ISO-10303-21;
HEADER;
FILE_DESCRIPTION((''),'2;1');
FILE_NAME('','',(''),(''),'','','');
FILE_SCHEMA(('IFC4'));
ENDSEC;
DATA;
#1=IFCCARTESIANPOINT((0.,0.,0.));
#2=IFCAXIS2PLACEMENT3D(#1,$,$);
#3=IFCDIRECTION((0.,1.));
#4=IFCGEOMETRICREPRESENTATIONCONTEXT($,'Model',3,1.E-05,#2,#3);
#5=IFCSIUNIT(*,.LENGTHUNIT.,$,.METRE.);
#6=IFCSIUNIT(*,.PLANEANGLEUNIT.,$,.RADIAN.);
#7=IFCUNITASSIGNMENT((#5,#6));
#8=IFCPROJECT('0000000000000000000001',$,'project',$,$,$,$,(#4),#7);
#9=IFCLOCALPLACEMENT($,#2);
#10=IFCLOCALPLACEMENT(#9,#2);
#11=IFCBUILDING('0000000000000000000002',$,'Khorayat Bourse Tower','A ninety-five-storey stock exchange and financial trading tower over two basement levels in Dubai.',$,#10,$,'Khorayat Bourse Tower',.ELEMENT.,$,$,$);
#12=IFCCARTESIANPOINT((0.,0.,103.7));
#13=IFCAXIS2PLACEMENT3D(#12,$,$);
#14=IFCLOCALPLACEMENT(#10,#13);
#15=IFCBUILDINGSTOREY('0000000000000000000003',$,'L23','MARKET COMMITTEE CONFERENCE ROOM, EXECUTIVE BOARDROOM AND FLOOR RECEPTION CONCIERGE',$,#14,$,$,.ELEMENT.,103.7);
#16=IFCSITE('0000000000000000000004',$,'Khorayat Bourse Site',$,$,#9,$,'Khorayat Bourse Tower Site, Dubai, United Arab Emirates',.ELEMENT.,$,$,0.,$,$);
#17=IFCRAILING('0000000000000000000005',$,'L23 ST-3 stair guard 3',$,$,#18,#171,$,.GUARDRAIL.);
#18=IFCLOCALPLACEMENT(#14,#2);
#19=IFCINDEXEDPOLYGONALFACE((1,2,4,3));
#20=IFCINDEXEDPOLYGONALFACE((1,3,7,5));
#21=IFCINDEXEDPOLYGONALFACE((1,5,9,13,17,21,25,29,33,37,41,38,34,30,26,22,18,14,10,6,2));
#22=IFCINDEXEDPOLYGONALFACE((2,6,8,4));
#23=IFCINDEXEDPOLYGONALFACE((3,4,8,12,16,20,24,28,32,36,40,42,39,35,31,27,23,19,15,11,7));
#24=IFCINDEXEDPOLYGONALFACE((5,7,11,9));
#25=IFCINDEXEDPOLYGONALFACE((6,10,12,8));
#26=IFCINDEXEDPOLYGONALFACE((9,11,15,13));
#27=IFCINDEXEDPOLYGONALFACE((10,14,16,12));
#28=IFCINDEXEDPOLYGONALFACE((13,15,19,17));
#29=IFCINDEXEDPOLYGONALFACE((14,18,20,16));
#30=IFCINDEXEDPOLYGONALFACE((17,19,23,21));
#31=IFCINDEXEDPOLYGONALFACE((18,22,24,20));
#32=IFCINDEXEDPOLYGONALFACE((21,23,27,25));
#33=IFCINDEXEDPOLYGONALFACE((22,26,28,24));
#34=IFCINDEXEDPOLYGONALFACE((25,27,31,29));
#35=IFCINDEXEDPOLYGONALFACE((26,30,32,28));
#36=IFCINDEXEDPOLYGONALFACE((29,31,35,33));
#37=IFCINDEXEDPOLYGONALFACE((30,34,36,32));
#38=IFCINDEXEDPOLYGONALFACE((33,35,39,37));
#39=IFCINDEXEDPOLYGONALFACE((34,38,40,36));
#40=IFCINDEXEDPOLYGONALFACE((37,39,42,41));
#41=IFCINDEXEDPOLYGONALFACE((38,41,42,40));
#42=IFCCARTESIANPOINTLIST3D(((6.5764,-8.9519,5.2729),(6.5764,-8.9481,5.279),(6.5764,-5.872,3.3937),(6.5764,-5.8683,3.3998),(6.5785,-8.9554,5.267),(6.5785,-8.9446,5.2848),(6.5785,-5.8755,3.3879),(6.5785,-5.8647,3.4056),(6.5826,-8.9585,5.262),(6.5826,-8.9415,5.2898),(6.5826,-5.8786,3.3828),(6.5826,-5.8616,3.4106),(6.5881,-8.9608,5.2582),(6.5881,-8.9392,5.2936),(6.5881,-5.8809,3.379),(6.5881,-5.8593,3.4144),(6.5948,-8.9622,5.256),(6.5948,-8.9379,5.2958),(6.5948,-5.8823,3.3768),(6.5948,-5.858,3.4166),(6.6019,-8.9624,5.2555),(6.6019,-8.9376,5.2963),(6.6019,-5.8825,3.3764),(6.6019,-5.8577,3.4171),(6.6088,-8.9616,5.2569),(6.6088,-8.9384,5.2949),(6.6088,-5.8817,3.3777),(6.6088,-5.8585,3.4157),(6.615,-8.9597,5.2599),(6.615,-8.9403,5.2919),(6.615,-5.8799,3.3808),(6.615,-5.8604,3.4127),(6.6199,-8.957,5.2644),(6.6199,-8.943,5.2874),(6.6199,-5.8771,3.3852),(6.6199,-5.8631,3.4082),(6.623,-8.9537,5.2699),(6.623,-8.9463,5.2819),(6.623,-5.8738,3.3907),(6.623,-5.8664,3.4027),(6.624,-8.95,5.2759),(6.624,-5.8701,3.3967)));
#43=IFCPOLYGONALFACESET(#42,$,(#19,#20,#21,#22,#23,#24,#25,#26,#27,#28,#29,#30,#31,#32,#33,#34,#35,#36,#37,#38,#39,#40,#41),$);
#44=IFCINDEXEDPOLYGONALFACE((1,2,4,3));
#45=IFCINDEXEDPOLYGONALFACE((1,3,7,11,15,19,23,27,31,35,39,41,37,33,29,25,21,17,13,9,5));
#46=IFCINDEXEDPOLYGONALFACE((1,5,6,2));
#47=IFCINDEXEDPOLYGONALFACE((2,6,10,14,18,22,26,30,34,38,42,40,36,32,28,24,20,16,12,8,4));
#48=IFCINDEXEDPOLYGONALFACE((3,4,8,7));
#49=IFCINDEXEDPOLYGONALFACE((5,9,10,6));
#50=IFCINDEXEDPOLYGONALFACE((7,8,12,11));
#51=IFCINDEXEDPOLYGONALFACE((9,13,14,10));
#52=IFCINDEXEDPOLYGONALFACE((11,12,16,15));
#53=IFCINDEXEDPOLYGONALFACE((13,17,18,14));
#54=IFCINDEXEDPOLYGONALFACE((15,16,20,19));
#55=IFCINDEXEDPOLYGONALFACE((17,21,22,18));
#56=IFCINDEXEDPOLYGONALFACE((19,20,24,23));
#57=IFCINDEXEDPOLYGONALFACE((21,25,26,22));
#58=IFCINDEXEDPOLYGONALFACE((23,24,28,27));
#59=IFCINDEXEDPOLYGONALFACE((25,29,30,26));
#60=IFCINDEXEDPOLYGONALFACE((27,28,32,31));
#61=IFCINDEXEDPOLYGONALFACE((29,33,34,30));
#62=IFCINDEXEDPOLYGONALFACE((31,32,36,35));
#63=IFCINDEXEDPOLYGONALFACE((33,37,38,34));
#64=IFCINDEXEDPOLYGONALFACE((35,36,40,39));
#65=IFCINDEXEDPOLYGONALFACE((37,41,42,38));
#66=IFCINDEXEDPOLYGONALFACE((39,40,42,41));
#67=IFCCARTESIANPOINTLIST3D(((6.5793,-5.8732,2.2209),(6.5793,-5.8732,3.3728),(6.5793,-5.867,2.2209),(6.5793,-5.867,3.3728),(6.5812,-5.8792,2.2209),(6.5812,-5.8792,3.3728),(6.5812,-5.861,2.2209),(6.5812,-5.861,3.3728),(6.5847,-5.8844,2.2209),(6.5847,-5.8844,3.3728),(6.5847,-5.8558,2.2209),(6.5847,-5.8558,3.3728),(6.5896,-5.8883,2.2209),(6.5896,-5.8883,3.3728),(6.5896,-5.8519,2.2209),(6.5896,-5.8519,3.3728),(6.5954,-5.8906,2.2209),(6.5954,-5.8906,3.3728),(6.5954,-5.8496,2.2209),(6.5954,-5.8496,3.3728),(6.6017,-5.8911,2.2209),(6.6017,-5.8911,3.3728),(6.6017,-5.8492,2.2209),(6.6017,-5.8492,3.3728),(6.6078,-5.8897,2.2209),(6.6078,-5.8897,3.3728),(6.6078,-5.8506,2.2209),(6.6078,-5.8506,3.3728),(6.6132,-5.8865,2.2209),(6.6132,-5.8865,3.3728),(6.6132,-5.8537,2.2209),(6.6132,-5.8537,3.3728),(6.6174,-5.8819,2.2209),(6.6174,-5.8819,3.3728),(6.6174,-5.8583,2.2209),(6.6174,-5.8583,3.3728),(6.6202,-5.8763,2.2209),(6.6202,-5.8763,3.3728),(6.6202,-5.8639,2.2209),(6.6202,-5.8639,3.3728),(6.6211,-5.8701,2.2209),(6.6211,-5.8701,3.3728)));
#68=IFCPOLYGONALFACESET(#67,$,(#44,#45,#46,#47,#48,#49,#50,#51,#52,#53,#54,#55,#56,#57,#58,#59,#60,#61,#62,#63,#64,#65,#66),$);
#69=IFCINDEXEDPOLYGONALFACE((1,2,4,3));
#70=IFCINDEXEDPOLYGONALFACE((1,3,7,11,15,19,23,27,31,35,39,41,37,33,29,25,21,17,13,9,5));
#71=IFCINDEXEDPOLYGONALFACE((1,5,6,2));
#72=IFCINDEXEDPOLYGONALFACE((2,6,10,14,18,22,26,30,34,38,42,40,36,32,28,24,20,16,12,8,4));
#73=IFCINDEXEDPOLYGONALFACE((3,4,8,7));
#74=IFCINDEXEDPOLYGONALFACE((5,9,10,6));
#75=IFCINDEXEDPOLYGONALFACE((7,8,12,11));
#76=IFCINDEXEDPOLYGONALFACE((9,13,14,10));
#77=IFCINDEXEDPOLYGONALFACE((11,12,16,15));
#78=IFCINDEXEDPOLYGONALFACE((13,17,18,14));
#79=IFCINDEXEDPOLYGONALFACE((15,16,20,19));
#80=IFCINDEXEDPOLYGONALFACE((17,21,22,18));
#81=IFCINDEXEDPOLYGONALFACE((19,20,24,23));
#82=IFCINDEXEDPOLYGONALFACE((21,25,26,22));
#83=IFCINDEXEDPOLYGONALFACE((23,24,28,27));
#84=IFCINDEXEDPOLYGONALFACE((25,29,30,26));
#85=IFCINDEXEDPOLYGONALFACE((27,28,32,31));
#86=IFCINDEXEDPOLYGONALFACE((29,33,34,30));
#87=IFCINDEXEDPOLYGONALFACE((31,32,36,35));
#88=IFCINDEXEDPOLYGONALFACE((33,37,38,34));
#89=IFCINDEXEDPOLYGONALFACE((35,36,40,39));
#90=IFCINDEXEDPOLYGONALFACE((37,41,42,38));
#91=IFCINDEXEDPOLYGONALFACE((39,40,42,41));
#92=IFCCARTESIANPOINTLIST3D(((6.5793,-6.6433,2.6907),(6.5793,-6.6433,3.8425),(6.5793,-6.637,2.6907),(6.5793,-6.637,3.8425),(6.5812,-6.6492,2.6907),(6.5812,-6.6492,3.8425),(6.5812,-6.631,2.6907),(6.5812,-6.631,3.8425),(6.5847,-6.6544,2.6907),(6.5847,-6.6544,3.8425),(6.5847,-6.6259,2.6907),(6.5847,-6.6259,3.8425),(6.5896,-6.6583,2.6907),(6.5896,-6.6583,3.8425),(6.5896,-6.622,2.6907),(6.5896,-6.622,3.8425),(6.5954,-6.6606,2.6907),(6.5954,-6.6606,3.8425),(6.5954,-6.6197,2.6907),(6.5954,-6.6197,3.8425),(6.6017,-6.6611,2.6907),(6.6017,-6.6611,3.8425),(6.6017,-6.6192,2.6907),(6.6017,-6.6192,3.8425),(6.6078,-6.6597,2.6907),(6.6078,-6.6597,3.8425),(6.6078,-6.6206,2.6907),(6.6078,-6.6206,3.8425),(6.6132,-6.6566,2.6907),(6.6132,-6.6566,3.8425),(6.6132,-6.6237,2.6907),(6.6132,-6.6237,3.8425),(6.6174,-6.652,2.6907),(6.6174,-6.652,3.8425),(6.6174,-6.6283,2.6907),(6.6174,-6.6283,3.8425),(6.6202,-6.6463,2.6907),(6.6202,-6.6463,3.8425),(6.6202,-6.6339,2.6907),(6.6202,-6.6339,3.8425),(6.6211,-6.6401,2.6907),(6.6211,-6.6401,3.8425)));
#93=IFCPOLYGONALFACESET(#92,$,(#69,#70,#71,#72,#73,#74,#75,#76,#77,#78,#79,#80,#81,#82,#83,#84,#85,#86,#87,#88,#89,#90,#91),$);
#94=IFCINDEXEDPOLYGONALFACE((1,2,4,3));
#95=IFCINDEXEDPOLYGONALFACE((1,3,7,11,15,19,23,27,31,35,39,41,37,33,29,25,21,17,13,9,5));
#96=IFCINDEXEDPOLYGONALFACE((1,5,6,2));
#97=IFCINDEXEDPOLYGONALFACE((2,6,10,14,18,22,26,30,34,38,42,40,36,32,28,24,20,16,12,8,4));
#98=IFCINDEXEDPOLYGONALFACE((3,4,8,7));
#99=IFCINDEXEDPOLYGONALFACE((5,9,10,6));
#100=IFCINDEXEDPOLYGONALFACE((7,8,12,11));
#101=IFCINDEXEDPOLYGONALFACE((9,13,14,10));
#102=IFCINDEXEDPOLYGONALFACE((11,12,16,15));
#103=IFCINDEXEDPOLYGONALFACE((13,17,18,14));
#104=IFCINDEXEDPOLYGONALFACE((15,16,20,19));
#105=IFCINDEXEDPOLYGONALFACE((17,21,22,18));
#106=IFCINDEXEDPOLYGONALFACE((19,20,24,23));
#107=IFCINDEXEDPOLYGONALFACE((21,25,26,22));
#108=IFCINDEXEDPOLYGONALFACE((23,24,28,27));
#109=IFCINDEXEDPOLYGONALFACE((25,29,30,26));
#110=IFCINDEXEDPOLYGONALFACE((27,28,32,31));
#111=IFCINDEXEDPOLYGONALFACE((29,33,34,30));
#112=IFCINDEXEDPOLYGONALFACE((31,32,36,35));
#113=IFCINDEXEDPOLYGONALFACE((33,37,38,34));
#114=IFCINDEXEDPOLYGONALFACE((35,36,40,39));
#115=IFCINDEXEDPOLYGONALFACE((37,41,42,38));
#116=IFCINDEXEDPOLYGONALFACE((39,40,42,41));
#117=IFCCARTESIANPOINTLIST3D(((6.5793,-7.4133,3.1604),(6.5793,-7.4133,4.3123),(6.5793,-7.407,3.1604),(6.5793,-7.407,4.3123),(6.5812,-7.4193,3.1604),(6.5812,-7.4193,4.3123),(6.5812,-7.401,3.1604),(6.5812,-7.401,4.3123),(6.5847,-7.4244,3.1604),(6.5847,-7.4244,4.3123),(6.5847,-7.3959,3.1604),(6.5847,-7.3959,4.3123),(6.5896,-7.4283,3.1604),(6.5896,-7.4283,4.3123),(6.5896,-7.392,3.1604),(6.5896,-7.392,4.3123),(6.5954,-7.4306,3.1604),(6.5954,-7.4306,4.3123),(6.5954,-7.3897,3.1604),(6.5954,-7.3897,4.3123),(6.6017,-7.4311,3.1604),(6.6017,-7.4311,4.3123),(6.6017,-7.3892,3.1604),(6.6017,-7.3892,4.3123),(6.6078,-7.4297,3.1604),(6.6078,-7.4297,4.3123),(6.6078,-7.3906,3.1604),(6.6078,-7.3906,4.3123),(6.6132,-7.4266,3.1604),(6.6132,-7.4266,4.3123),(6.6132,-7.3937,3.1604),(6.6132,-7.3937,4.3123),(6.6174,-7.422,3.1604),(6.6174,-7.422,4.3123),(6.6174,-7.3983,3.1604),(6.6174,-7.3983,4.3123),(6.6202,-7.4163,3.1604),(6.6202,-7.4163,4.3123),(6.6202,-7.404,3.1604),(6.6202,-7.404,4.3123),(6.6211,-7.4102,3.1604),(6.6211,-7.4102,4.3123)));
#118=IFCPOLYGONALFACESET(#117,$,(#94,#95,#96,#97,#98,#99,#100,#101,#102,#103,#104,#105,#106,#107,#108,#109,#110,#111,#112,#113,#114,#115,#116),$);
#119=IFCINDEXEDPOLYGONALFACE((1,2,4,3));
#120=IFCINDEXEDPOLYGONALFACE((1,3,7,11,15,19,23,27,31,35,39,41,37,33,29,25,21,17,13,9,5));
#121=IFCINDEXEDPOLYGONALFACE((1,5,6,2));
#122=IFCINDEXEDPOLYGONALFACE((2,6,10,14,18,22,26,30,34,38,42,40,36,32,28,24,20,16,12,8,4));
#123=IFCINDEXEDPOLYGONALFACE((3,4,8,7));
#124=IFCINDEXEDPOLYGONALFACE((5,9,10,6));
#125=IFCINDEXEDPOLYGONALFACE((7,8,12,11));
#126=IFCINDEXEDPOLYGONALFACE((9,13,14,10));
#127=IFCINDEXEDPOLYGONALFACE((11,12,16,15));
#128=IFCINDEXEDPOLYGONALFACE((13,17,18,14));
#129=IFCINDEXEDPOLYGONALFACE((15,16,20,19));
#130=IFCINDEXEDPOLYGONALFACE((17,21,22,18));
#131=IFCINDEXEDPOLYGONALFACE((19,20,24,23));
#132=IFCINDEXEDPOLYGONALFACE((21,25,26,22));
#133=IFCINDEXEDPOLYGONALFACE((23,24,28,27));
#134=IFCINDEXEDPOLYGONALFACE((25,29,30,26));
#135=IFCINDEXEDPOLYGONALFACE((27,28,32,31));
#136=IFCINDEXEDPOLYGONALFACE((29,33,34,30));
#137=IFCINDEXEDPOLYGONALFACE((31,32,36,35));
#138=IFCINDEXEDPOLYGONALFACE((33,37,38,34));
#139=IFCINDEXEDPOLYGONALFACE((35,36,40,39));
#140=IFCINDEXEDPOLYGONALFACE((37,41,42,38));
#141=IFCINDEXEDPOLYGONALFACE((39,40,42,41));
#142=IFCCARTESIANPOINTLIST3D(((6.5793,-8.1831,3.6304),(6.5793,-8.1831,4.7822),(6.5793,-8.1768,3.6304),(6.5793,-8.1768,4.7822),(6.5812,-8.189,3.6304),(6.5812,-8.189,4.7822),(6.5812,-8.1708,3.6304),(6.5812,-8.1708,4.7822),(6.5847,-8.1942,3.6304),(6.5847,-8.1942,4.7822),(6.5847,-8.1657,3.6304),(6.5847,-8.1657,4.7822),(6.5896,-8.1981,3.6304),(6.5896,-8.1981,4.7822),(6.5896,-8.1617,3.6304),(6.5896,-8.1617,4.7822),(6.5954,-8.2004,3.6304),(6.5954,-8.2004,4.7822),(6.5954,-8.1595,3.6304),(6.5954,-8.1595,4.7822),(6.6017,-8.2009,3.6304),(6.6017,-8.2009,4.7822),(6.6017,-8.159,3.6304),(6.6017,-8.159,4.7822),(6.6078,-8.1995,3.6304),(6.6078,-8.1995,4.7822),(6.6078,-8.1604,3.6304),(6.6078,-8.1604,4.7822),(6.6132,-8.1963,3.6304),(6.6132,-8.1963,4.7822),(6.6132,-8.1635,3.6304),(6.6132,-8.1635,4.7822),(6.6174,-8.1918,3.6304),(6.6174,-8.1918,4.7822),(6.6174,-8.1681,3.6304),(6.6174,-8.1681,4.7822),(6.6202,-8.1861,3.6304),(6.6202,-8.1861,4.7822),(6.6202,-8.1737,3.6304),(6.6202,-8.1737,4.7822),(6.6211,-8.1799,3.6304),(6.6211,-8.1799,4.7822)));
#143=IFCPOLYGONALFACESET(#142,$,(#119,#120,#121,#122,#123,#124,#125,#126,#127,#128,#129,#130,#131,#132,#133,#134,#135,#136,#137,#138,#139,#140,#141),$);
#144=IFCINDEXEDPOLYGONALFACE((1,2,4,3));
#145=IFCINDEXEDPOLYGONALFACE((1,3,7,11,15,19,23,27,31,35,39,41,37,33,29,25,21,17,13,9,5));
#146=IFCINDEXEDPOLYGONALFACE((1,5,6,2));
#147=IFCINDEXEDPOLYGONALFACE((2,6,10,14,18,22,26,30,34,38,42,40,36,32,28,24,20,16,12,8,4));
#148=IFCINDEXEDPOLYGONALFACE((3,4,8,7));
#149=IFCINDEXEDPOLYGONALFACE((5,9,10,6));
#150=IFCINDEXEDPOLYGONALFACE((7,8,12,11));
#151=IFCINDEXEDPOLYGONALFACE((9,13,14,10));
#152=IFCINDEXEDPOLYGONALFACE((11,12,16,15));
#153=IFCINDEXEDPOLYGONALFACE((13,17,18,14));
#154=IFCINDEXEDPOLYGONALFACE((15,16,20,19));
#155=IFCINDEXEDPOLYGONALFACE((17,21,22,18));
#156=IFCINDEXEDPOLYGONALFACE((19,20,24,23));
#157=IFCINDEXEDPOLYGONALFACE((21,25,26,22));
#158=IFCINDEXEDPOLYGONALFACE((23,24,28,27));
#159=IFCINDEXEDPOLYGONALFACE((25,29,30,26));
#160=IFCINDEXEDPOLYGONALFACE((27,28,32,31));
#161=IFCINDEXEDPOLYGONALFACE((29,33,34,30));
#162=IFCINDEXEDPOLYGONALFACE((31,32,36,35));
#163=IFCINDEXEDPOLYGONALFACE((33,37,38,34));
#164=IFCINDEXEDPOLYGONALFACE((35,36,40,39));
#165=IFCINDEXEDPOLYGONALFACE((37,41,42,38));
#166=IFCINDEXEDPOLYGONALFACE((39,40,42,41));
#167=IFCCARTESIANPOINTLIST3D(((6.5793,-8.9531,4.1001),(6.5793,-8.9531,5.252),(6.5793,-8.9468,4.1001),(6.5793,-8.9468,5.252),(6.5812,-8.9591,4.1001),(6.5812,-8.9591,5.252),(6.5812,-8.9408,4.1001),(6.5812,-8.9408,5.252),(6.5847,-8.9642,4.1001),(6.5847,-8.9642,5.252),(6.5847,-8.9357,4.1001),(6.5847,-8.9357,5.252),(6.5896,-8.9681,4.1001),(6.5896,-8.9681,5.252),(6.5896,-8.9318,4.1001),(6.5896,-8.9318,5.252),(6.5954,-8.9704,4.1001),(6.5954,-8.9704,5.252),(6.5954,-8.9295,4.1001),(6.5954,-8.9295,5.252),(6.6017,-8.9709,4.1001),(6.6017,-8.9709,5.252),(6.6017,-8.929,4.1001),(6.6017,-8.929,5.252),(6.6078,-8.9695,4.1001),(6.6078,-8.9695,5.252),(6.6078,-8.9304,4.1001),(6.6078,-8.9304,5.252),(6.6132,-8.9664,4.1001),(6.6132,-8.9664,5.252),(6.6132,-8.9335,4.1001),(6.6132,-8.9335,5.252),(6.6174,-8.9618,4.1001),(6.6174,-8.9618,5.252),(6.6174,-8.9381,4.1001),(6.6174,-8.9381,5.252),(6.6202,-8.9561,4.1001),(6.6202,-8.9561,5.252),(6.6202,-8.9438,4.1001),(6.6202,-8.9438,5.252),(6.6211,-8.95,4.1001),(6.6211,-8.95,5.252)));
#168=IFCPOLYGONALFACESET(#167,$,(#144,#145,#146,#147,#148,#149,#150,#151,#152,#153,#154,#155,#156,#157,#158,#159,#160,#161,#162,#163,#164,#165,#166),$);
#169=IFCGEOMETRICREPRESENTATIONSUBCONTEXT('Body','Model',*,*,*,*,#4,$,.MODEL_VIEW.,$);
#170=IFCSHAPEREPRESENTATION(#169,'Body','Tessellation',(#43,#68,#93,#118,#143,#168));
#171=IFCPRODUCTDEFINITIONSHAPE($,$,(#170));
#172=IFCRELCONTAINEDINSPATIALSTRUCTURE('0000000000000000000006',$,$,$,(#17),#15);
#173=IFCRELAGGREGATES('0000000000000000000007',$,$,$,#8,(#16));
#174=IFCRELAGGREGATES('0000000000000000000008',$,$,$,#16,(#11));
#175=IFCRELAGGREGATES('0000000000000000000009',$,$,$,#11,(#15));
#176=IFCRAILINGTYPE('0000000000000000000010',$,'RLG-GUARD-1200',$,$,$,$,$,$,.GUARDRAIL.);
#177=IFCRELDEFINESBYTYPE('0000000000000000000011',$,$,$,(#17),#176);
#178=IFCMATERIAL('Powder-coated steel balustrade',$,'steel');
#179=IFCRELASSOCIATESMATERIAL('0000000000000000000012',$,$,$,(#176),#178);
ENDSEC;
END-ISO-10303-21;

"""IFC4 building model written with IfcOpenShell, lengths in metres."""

from ifc_helpers import new_model, si_unit, direction, frame, origin, origin_2d, place, context, subcontext, project, spatial, circle, extrude, source, transform, mapped, material, type_object, element, save


model = new_model("IFC4")

# Units and contexts
model_context = context("Model", 3, precision=1e-05, world=origin(), true_north=direction((0.0, 1.0)))
body_context = subcontext(model_context, "Body", "Model", "MODEL_VIEW")
ifc_project = project(units=[si_unit("LENGTHUNIT", "METRE"), si_unit("PLANEANGLEUNIT", "RADIAN")], contexts=[model_context])

# Site, building, storey
site_placement = place(None, origin())
site = spatial("IfcSite", under=ifc_project, at=site_placement, Name="Khorayat Bourse Site", LongName="Khorayat Bourse Tower Site, Dubai, United Arab Emirates", CompositionType="ELEMENT", RefElevation=0.0)
building_placement = place(site_placement, origin())
building = spatial("IfcBuilding", under=site, at=building_placement, Name="Khorayat Bourse Tower", Description="A ninety-five-storey stock exchange and financial trading tower over two basement levels in Dubai.", LongName="Khorayat Bourse Tower", CompositionType="ELEMENT")
storey_placement = place(building_placement, frame((0.0, 0.0, 103.7)))
storey = spatial("IfcBuildingStorey", under=building, at=storey_placement, Name="L23", Description="MARKET COMMITTEE CONFERENCE ROOM, EXECUTIVE BOARDROOM AND FLOOR RECEPTION CONCIERGE", CompositionType="ELEMENT", Elevation=103.7)

# Railing
ifc_material_1 = material(Name="Powder-coated steel balustrade", Category="steel")
railing_type_1 = type_object("IfcRailingType", Name="RLG-GUARD-1200", PredefinedType="GUARDRAIL", material=ifc_material_1)
shared_shape_1 = source(origin(), body_context, "Body", "SweptSolid", [
    extrude(circle(Radius=0.0239, at=origin_2d()), frame((0.0, 0.0, 1.1758), z_axis=(0.0, -0.853648, 0.52085), x_axis=(1.0, 0.0, 0.0)), (0.0, 0.0, 1.0), 3.6079),
    extrude(circle(Radius=0.021, at=origin_2d()), origin(), (0.0, 0.0, 1.0), 1.1519),
    extrude(circle(Radius=0.021, at=origin_2d()), frame((0.0, -0.77, 0.4697)), (0.0, 0.0, 1.0), 1.1519),
    extrude(circle(Radius=0.021, at=origin_2d()), frame((0.0, -1.54, 0.9395)), (0.0, 0.0, 1.0), 1.1519),
    extrude(circle(Radius=0.021, at=origin_2d()), frame((0.0, -2.3098, 1.4094)), (0.0, 0.0, 1.0), 1.1519),
    extrude(circle(Radius=0.021, at=origin_2d()), frame((0.0, -3.0798, 1.8792)), (0.0, 0.0, 1.0), 1.1519),
])
railing_1_placement = place(storey_placement, frame((6.6001, -5.8701, 2.2209)))
element("IfcRailing", 1, at=railing_1_placement, inside=storey, type_object=railing_type_1, Name="L23 ST-3 stair guard 3", PredefinedType="GUARDRAIL", context=body_context, shape_type="MappedRepresentation", body=[
    mapped(shared_shape_1, transform((0.0, 0.0, 0.0), scale=1.0)),
])

save(model, "model.ifc")
